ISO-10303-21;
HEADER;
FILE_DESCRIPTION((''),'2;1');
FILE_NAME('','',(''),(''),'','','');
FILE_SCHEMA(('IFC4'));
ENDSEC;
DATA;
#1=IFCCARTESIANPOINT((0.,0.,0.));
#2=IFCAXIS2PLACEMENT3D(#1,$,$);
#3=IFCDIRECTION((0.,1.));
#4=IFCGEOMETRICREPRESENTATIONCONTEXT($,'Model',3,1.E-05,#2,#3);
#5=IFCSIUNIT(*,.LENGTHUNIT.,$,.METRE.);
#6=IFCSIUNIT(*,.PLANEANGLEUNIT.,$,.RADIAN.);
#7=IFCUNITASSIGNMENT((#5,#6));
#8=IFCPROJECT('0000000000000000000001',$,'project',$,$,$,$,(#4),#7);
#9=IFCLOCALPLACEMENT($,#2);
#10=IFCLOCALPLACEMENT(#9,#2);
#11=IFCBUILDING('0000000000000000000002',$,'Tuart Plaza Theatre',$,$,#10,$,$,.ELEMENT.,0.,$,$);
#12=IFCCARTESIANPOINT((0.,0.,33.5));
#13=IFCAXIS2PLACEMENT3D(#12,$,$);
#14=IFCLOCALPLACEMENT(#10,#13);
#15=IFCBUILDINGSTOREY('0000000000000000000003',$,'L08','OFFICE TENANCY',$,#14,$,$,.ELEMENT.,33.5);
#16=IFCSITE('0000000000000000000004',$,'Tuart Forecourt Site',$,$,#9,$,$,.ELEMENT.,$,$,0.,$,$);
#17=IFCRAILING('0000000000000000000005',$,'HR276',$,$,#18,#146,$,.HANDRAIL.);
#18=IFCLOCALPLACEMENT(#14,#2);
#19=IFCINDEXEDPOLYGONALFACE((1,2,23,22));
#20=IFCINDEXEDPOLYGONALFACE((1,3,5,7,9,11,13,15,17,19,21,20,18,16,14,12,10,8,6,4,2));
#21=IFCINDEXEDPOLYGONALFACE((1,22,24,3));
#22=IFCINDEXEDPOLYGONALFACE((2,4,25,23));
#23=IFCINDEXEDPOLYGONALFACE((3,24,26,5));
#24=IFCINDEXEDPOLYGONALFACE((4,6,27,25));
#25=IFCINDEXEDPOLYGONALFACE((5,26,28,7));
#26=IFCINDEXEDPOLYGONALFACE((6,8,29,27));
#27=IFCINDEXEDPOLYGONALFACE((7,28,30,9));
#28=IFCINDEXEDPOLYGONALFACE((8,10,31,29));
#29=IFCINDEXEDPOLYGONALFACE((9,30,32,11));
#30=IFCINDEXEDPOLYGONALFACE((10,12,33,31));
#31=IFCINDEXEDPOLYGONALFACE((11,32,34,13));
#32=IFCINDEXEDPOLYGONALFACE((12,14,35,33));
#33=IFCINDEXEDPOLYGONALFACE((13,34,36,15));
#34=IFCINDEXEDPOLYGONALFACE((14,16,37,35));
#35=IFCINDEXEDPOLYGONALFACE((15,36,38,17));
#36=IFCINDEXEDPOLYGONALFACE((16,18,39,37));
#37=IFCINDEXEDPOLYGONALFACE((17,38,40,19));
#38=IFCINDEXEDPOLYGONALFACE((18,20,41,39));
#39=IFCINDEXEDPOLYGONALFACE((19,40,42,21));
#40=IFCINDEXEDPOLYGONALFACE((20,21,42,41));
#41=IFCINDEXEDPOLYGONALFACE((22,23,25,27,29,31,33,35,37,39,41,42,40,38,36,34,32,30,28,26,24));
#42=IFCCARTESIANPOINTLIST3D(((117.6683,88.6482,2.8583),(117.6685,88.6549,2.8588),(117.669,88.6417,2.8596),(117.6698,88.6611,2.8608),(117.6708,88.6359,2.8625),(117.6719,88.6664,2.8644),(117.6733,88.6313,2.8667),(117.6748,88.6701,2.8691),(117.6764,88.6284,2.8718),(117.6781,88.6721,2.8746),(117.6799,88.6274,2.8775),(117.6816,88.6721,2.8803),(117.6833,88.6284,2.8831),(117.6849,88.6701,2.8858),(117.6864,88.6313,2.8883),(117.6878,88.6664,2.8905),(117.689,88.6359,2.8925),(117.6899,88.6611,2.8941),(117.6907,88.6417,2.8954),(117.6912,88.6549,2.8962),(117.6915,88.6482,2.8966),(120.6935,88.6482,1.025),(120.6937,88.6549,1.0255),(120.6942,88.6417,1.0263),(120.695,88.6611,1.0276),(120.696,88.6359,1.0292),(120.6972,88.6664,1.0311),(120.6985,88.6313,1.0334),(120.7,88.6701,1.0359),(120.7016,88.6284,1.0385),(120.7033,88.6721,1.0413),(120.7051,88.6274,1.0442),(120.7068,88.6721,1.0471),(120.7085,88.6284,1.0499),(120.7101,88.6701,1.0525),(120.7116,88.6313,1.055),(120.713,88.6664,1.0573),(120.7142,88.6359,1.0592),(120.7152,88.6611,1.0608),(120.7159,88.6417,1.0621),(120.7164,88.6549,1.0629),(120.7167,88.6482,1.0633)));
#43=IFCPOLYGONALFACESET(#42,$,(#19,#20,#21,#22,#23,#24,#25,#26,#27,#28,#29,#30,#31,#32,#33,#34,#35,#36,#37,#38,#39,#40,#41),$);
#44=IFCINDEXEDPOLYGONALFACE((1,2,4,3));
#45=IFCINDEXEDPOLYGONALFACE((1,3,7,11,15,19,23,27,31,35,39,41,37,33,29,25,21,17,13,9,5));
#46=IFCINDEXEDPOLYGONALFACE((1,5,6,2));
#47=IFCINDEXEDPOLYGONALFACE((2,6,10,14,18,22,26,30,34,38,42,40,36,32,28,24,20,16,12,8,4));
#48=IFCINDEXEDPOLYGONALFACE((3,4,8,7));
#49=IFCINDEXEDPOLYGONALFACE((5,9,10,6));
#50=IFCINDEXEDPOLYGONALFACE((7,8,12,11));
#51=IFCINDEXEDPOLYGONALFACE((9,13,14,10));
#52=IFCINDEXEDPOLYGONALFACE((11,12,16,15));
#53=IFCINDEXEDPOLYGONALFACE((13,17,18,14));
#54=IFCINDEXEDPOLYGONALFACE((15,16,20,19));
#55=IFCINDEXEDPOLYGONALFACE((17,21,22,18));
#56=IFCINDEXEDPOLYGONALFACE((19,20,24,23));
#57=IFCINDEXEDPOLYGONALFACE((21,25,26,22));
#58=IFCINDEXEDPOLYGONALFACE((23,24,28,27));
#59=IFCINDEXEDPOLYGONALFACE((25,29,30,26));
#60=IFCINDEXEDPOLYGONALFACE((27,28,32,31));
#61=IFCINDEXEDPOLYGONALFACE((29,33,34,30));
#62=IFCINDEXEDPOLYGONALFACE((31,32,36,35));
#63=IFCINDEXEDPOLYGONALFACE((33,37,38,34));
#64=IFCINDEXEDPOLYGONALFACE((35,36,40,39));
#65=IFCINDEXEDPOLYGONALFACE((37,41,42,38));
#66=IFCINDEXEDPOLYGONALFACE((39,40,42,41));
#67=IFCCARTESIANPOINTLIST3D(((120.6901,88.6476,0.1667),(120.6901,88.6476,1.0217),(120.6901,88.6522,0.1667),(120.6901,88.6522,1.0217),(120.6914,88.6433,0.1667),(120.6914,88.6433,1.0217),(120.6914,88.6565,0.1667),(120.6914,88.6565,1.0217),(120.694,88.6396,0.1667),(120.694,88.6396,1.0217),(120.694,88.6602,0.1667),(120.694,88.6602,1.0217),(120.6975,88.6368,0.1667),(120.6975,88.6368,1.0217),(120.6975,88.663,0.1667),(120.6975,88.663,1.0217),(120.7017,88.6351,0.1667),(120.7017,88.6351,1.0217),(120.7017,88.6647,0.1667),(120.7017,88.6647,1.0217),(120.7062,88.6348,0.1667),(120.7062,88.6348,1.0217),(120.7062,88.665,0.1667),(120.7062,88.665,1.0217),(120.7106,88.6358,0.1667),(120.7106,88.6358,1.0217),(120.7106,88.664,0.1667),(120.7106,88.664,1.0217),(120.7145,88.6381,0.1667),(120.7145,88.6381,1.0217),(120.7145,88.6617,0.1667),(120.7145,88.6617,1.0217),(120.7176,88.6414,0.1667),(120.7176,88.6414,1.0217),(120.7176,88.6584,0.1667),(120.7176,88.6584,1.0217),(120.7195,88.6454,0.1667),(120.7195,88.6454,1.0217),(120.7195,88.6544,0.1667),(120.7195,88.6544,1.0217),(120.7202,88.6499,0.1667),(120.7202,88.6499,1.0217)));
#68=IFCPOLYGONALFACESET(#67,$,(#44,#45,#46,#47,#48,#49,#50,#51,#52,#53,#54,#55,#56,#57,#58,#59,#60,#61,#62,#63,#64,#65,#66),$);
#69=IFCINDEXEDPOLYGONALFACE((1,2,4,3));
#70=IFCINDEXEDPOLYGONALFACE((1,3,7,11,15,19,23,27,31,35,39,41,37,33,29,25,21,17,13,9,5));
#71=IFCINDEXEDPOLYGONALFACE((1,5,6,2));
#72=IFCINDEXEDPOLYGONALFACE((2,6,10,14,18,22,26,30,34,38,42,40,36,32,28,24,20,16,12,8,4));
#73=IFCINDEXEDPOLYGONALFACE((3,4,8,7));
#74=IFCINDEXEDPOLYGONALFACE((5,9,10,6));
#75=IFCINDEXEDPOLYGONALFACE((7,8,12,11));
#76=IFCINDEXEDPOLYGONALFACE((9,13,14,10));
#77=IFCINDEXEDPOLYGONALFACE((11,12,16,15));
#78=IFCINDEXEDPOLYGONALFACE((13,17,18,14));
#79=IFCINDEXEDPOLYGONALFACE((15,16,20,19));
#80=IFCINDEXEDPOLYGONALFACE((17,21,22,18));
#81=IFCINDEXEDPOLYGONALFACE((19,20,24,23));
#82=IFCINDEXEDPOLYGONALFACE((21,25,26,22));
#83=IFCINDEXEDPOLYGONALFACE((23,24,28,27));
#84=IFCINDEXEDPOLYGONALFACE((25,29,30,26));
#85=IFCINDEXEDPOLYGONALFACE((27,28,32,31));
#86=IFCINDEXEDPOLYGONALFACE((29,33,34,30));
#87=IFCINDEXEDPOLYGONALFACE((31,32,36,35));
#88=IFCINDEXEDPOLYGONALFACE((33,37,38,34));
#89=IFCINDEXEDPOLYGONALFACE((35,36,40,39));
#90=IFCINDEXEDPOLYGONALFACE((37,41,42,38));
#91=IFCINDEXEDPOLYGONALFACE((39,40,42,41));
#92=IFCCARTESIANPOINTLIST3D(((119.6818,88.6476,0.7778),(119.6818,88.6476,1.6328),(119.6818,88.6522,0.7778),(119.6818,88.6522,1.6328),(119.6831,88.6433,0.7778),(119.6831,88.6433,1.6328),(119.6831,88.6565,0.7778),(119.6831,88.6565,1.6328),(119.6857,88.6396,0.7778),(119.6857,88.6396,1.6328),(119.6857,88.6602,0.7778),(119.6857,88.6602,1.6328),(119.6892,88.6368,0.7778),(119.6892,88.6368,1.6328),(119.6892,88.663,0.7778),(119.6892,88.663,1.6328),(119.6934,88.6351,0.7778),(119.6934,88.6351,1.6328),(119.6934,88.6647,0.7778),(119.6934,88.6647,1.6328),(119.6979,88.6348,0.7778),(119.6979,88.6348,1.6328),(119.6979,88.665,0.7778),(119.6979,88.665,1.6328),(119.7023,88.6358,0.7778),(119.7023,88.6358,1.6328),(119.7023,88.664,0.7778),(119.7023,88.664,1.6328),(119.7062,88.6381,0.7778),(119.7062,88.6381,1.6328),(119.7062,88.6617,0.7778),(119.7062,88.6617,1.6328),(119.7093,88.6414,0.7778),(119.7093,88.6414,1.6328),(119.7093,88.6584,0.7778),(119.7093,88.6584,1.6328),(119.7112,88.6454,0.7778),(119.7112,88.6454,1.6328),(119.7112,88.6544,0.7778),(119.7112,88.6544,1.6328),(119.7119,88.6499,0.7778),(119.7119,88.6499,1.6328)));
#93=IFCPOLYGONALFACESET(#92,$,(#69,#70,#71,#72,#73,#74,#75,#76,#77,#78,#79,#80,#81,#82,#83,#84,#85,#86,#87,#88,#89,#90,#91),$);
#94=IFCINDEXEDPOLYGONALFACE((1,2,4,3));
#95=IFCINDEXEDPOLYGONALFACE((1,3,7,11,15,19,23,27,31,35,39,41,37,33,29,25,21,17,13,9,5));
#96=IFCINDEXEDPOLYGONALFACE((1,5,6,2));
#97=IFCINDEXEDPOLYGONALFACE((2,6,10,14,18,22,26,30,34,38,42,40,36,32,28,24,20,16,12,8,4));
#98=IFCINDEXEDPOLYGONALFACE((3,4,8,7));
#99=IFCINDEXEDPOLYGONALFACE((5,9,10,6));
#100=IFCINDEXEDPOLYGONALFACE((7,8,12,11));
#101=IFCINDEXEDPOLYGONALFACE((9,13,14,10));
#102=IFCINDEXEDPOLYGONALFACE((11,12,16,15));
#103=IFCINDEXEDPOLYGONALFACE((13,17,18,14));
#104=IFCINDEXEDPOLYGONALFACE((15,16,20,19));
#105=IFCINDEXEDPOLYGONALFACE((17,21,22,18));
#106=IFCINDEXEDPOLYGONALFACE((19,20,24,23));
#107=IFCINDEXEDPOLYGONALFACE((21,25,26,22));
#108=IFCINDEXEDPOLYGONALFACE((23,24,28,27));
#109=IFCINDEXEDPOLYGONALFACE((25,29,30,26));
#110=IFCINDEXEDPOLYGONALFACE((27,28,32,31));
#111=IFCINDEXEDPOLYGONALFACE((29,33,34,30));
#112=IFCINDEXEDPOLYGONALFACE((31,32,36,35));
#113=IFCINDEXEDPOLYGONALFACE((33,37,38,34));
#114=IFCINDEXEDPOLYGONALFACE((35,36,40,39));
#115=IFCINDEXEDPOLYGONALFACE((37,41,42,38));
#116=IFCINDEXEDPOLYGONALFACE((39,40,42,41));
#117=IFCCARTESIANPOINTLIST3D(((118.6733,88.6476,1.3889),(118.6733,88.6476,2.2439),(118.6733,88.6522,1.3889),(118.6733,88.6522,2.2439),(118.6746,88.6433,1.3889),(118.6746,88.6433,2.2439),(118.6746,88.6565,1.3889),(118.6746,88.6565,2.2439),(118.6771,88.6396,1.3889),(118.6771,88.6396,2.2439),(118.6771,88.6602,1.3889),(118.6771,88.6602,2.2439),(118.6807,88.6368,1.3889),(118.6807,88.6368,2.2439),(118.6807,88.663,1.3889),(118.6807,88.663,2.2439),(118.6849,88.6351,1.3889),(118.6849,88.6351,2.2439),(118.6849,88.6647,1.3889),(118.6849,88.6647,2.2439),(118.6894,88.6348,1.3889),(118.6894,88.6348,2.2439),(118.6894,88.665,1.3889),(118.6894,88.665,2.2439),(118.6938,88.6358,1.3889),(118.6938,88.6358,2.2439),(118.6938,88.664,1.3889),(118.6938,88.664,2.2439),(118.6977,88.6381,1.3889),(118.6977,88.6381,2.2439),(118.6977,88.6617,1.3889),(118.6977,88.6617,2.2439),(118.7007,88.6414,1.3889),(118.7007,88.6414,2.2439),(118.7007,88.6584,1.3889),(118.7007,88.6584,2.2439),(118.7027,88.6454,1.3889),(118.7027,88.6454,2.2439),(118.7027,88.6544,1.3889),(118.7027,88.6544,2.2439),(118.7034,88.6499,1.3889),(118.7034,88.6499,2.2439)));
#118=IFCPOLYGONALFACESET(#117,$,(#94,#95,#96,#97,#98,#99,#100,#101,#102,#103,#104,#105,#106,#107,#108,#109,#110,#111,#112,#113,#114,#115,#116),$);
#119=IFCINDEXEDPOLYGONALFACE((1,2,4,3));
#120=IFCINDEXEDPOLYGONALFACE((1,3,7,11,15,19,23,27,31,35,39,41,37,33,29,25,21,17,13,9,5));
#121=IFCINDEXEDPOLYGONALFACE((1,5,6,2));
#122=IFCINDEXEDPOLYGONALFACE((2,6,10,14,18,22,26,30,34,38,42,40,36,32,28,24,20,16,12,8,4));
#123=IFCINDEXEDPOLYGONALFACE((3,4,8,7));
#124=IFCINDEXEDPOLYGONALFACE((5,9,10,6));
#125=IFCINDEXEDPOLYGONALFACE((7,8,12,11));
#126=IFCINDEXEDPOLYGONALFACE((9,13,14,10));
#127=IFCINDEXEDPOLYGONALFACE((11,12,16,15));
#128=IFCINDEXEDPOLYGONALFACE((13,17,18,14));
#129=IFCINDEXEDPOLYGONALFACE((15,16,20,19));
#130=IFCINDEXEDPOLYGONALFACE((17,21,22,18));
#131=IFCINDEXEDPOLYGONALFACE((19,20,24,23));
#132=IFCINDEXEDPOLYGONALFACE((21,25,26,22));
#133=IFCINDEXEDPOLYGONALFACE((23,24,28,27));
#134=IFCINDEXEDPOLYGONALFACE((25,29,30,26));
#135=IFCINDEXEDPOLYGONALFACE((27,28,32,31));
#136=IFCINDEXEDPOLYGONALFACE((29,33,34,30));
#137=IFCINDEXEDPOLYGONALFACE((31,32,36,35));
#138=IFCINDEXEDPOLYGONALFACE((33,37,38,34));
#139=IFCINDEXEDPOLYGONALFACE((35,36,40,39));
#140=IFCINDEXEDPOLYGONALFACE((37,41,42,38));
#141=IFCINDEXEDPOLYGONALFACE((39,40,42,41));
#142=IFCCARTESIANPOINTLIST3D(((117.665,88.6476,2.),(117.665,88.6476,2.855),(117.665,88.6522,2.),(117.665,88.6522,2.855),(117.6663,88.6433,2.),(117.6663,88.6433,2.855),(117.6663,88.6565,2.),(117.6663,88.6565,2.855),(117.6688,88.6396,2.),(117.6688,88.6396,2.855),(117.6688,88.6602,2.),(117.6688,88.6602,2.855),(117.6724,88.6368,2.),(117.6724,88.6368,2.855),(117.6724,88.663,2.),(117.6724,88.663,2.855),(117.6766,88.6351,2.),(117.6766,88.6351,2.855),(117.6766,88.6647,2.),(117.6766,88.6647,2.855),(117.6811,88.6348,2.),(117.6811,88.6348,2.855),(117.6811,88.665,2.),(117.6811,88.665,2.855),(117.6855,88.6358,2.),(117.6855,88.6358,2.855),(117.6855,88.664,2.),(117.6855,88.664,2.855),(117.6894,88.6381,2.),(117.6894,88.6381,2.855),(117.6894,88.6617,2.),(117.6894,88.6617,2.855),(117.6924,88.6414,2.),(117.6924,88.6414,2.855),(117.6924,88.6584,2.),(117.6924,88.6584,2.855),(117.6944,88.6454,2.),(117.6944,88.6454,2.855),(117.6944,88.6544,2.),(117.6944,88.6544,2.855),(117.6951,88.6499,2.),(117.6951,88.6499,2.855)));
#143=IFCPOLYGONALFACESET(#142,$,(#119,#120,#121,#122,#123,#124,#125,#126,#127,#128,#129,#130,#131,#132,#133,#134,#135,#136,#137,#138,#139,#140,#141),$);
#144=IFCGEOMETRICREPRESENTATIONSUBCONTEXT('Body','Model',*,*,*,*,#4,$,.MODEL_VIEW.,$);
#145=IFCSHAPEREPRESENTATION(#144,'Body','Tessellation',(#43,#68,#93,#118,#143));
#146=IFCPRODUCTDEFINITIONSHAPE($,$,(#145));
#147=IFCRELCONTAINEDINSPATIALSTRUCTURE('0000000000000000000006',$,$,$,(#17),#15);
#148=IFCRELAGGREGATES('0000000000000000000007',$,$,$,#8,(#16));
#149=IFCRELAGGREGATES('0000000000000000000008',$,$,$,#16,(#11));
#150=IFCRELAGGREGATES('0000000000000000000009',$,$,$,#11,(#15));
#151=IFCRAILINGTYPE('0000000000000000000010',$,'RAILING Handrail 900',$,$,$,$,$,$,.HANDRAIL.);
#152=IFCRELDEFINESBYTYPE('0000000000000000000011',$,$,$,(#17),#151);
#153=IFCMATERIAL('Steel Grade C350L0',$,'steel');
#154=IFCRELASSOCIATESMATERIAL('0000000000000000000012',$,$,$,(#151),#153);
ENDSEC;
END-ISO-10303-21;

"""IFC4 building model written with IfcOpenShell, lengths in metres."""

from ifc_helpers import new_model, si_unit, direction, frame, origin, origin_2d, place, context, subcontext, project, spatial, circle, extrude, material, type_object, element, save


model = new_model("IFC4")

# Units and contexts
model_context = context("Model", 3, precision=1e-05, world=origin(), true_north=direction((0.0, 1.0)))
body_context = subcontext(model_context, "Body", "Model", "MODEL_VIEW")
ifc_project = project(units=[si_unit("LENGTHUNIT", "METRE"), si_unit("PLANEANGLEUNIT", "RADIAN")], contexts=[model_context])

# Site, building, storey
site_placement = place(None, origin())
site = spatial("IfcSite", under=ifc_project, at=site_placement, Name="Tuart Forecourt Site", CompositionType="ELEMENT", RefElevation=0.0)
building_placement = place(site_placement, origin())
building = spatial("IfcBuilding", under=site, at=building_placement, Name="Tuart Plaza Theatre", CompositionType="ELEMENT", ElevationOfRefHeight=0.0)
storey_placement = place(building_placement, frame((0.0, 0.0, 33.5)))
storey = spatial("IfcBuildingStorey", under=building, at=storey_placement, Name="L08", Description="OFFICE TENANCY", CompositionType="ELEMENT", Elevation=33.5)

# Railing
ifc_material_1 = material(Name="Steel Grade C350L0", Category="steel")
railing_type_1 = type_object("IfcRailingType", Name="RAILING Handrail 900", PredefinedType="HANDRAIL", material=ifc_material_1)
for number, where, name in (
    (1, (120.7051, 88.6499, 0.1667), "HR276"),
):
    element("IfcRailing", number, at=place(storey_placement, frame(where)), inside=storey, type_object=railing_type_1, Name=name, PredefinedType="HANDRAIL", context=body_context, shape_type="SweptSolid", body=[
        extrude(circle(Radius=0.0225, at=origin_2d()), frame((0.0, 0.0, 0.8774), z_axis=(-0.855219, 0.0, 0.518267), x_axis=(0.0, -1.0, 0.0)), (0.0, 0.0, 1.0), 3.5374),
        extrude(circle(Radius=0.0151, at=origin_2d()), origin(), (0.0, 0.0, 1.0), 0.855),
        extrude(circle(Radius=0.0151, at=origin_2d()), frame((-1.0083, 0.0, 0.6111)), (0.0, 0.0, 1.0), 0.855),
        extrude(circle(Radius=0.0151, at=origin_2d()), frame((-2.0168, 0.0, 1.2222)), (0.0, 0.0, 1.0), 0.855),
        extrude(circle(Radius=0.0151, at=origin_2d()), frame((-3.0251, 0.0, 1.8333)), (0.0, 0.0, 1.0), 0.855),
    ])

save(model, "model.ifc")
